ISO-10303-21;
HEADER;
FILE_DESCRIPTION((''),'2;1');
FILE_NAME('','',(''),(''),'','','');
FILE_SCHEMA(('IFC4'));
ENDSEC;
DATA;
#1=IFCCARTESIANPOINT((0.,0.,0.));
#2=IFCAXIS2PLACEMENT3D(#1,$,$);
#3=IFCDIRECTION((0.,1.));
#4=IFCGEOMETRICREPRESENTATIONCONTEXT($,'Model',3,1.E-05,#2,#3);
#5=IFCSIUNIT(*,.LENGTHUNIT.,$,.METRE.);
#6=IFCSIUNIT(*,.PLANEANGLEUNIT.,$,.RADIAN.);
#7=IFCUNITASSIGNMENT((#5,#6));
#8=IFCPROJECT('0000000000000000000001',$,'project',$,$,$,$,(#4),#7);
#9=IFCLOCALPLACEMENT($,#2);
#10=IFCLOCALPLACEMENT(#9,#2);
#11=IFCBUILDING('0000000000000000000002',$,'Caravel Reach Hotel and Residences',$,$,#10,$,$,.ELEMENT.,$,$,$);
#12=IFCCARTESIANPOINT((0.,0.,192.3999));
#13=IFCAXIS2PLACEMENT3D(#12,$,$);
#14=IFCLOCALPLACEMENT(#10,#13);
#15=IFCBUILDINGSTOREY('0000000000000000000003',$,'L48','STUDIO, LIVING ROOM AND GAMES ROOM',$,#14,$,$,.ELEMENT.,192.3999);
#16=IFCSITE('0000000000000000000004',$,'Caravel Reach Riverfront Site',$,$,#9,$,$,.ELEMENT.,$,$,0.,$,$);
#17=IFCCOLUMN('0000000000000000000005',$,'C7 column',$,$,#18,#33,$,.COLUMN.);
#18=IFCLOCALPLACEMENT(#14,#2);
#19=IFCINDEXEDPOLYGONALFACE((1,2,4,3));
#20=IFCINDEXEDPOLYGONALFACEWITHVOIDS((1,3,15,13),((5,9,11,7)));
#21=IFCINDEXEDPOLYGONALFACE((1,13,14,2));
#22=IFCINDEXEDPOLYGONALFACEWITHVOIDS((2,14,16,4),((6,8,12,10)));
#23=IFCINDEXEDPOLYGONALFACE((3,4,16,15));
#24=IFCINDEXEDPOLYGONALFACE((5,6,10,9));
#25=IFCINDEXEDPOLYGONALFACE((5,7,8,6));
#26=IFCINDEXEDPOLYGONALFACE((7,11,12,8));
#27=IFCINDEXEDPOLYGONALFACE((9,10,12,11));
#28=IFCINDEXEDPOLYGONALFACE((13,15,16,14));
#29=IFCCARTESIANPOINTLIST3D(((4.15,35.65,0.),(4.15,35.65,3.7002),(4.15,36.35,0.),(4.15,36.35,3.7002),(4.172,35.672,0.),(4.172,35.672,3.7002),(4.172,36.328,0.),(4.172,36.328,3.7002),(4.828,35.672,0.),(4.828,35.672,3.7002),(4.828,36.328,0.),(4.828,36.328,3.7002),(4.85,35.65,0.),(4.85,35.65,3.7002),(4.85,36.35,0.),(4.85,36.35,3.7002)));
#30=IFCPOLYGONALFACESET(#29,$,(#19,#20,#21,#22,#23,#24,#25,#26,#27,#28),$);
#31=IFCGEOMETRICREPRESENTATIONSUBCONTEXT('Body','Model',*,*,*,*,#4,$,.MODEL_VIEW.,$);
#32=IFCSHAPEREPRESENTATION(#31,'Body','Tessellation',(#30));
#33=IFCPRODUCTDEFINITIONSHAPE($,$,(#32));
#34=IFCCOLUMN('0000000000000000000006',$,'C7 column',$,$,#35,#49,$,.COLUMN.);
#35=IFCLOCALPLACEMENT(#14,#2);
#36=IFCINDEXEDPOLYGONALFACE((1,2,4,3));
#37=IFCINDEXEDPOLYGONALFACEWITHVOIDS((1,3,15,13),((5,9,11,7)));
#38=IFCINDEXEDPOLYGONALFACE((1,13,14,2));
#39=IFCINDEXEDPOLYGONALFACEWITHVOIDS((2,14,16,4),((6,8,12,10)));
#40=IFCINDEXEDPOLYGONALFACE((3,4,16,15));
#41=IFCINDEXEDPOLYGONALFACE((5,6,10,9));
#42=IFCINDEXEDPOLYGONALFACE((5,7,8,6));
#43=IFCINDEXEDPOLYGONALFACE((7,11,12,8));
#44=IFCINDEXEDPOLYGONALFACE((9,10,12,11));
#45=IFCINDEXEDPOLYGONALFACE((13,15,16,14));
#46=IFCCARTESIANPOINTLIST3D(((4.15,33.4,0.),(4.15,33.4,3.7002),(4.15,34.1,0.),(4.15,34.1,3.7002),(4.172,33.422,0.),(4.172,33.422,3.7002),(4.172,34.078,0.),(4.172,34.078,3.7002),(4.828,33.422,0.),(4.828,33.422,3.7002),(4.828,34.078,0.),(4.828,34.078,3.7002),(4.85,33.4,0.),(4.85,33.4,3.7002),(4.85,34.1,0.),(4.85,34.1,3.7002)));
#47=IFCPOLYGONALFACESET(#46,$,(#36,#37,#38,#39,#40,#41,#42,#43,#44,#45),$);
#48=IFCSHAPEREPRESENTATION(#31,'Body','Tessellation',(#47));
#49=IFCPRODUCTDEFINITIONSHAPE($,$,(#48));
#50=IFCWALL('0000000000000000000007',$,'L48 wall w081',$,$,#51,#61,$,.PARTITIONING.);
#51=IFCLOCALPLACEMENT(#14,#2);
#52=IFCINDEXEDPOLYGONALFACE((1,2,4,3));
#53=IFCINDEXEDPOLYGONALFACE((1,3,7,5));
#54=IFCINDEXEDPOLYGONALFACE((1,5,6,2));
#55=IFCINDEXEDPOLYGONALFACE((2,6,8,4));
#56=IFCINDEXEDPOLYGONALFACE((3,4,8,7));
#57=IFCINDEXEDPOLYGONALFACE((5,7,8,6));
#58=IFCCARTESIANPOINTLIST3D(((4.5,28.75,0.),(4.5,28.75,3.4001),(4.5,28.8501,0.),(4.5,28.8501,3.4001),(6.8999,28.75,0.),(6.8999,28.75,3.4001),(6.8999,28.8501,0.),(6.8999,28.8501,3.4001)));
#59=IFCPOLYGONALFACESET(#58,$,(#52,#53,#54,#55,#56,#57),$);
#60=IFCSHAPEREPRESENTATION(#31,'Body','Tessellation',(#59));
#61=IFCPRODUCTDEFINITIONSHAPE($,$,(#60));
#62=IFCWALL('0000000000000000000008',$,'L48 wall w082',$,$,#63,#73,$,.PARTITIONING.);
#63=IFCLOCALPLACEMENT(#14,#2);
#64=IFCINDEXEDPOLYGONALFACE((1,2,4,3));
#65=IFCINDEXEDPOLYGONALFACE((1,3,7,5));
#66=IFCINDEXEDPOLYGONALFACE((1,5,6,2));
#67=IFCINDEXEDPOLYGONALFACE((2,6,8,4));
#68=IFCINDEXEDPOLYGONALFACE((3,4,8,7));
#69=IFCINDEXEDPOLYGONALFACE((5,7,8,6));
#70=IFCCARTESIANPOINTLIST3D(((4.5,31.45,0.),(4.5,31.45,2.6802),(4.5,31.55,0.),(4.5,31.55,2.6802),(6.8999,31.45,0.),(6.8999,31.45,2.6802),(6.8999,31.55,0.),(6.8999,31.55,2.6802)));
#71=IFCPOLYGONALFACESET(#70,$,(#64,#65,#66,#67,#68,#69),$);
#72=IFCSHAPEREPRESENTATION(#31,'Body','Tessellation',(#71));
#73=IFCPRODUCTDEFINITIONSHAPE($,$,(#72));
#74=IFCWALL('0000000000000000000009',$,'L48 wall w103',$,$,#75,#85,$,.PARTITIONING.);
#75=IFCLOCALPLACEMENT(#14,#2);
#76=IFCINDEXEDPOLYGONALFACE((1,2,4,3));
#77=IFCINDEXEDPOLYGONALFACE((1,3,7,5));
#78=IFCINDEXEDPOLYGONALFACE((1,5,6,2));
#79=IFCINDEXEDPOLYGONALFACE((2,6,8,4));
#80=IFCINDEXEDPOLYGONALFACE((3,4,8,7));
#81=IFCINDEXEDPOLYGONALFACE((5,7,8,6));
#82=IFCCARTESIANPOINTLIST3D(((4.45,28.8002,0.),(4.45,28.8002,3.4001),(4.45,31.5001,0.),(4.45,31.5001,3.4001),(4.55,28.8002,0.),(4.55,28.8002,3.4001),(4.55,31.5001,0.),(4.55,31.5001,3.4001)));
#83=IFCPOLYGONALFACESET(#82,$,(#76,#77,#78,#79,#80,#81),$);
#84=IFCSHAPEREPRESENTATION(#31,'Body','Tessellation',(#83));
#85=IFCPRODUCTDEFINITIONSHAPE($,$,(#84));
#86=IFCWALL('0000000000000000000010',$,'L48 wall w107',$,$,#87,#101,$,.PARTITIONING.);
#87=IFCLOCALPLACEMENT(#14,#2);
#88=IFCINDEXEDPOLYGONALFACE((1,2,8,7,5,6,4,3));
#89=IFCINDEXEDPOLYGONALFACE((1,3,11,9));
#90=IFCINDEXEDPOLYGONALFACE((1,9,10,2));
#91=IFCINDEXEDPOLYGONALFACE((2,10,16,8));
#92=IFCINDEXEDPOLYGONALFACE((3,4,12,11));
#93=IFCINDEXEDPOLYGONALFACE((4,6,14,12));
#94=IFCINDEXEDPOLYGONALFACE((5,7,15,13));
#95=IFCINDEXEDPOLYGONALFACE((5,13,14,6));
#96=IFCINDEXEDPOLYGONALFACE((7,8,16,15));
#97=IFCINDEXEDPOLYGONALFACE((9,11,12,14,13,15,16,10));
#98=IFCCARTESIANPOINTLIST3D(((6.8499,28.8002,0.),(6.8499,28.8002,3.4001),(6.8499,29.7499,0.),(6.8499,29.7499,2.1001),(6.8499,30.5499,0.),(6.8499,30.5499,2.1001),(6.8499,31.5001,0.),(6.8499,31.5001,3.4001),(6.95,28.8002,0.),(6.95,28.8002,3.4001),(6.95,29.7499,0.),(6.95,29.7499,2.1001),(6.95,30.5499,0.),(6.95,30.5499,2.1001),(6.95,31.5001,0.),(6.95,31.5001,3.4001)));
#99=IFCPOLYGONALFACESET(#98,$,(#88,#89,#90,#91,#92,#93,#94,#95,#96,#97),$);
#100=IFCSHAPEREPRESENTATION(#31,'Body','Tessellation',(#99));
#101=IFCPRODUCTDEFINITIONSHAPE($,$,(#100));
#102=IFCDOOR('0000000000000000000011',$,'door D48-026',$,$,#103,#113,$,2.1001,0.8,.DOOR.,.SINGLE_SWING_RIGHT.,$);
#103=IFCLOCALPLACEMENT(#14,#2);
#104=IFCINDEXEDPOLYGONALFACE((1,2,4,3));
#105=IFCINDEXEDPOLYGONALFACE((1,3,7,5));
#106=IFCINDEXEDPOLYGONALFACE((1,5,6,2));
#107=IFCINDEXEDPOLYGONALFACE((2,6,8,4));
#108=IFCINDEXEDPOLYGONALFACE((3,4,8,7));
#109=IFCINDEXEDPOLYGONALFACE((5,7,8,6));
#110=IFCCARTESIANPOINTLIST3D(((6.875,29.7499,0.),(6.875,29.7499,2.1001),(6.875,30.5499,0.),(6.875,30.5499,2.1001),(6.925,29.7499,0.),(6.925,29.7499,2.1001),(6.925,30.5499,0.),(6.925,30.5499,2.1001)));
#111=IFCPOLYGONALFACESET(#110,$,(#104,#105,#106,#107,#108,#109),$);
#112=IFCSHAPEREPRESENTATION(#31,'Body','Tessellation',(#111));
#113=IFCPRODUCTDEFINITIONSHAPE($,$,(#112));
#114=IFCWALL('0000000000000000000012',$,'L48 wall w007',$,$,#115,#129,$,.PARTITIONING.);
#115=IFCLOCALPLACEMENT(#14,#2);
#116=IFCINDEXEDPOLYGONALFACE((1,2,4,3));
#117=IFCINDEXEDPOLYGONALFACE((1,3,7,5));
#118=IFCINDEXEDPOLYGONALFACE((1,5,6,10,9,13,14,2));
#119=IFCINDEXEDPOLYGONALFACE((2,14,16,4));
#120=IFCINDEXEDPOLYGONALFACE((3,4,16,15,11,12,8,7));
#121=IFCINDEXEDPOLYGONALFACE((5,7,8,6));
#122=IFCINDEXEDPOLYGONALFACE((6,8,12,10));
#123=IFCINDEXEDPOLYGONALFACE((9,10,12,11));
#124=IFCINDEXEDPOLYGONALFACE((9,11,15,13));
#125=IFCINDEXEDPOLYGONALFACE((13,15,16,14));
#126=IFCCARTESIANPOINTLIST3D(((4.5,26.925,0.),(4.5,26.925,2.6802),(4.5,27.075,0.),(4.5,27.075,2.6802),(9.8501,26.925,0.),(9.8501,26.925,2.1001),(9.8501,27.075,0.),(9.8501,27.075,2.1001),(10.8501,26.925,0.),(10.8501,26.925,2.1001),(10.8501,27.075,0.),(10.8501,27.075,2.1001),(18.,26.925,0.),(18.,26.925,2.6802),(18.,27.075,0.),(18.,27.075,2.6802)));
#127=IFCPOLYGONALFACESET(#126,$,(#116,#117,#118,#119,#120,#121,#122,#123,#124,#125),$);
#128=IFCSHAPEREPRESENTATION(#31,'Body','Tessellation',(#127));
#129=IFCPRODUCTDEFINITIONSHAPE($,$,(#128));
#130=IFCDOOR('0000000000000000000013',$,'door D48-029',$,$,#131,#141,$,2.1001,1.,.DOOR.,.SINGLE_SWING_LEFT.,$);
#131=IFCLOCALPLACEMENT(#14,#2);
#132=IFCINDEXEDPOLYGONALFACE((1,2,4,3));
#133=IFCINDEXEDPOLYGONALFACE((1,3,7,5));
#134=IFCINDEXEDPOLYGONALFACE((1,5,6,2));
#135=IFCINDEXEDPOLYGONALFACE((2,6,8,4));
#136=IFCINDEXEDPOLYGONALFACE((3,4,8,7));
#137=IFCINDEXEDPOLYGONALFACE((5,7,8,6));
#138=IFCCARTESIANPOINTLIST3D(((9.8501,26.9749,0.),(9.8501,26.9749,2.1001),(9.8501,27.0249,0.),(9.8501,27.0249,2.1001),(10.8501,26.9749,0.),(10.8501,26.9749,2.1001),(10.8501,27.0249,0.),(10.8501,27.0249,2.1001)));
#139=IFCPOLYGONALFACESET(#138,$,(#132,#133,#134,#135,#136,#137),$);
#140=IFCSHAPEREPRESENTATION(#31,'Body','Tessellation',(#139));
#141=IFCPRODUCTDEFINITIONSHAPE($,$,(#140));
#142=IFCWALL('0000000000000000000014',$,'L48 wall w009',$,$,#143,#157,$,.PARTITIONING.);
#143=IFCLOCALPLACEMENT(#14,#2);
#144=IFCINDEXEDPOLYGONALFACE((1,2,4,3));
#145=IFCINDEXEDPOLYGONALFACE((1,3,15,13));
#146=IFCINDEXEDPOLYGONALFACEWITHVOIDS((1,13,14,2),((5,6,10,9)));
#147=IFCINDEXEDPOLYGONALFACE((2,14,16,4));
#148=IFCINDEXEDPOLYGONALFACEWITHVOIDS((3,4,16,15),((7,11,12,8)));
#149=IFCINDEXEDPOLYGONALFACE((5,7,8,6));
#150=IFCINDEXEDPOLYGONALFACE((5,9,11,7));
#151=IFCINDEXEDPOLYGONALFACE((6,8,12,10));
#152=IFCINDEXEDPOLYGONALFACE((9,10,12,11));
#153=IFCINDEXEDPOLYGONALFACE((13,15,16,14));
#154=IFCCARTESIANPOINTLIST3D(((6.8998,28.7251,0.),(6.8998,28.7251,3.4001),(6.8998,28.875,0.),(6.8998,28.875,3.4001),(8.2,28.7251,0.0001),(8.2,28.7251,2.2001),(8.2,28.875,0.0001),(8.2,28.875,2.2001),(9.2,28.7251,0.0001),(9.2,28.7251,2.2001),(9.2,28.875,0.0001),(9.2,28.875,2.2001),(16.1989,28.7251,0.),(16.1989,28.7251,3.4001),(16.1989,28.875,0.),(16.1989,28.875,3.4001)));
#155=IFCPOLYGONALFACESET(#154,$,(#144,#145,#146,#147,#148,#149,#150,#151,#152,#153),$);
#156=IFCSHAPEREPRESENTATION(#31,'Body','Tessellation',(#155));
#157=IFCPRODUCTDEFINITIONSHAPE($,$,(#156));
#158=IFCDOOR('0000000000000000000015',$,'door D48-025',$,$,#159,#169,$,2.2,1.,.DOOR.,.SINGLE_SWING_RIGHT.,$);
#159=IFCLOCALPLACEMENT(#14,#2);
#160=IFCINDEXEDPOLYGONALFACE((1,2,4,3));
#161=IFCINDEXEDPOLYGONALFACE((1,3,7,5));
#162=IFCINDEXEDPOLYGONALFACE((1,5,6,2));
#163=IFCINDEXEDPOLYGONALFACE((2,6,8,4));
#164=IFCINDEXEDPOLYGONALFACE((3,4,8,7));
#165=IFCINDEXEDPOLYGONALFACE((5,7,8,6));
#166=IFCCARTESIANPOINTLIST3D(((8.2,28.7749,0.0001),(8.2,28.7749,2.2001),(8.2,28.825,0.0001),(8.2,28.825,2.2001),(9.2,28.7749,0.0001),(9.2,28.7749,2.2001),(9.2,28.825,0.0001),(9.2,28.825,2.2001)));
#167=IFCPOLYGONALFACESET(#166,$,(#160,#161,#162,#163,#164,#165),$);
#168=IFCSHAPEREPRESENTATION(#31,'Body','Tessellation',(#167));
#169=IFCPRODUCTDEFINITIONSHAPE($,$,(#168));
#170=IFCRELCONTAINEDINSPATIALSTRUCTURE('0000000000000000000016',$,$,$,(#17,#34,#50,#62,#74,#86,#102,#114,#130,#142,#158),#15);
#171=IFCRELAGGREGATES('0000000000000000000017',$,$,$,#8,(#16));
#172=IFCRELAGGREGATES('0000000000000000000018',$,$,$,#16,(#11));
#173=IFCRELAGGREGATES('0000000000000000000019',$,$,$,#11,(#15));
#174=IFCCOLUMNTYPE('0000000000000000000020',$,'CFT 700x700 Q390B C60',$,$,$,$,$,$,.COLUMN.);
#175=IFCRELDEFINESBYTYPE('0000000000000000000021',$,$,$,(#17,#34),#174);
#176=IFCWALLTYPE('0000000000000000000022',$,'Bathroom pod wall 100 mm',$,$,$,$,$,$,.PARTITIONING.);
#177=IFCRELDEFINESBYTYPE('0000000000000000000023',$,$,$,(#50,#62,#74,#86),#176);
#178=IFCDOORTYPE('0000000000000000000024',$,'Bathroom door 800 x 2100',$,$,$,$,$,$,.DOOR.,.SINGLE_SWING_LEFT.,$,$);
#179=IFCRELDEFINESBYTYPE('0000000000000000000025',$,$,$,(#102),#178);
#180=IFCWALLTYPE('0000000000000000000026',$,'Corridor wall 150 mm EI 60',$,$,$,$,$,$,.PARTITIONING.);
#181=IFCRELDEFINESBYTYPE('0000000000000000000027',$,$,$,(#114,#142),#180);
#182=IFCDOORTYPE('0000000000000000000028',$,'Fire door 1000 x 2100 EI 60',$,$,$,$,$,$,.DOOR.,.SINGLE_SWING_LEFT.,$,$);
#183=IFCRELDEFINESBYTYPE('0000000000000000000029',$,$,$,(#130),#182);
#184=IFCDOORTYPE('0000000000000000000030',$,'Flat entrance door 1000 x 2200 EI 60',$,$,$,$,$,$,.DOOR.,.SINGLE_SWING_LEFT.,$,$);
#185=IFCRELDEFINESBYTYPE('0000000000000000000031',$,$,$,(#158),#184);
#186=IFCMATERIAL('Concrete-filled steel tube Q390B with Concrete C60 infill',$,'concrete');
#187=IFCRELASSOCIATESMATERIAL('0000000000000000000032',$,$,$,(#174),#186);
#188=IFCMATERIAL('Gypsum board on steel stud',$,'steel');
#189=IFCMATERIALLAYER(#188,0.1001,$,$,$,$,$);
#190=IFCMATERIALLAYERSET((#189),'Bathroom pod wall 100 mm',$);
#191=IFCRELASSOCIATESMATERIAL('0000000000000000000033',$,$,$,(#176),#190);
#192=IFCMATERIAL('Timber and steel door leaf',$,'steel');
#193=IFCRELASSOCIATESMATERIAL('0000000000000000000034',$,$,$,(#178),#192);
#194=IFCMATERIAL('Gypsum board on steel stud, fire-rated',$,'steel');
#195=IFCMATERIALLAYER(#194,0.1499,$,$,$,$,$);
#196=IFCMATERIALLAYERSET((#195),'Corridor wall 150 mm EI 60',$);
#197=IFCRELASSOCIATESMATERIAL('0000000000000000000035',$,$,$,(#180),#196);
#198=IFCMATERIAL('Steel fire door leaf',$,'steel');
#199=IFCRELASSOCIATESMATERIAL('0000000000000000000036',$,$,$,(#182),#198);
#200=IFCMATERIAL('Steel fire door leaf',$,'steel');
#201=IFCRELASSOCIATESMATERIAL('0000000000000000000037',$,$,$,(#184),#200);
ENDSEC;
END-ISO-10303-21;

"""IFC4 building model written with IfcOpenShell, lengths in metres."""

from ifc_helpers import new_model, si_unit, direction, frame, frame_2d, origin, origin_2d, place, context, subcontext, project, spatial, rectangle, hollow_rectangle, extrude, material, layer, layer_set, material_profile, profile_set, type_object, element, fill, save


model = new_model("IFC4")

# Units and contexts
model_context = context("Model", 3, precision=1e-05, world=origin(), true_north=direction((0.0, 1.0)))
body_context = subcontext(model_context, "Body", "Model", "MODEL_VIEW")
ifc_project = project(units=[si_unit("LENGTHUNIT", "METRE"), si_unit("PLANEANGLEUNIT", "RADIAN")], contexts=[model_context])

# Site, building, storey
site_placement = place(None, origin())
site = spatial("IfcSite", under=ifc_project, at=site_placement, Name="Caravel Reach Riverfront Site", CompositionType="ELEMENT", RefElevation=0.0)
building_placement = place(site_placement, origin())
building = spatial("IfcBuilding", under=site, at=building_placement, Name="Caravel Reach Hotel and Residences", CompositionType="ELEMENT")
storey_placement = place(building_placement, frame((0.0, 0.0, 192.3999)))
storey = spatial("IfcBuildingStorey", under=building, at=storey_placement, Name="L48", Description="STUDIO, LIVING ROOM AND GAMES ROOM", CompositionType="ELEMENT", Elevation=192.3999)

# Columns
ifc_material_1 = material(Name="Concrete-filled steel tube Q390B with Concrete C60 infill", Category="concrete")
ifc_material_profile = material_profile(ifc_material_1, hollow_rectangle(XDim=0.7, YDim=0.7, WallThickness=0.022, at=origin_2d()), Name="RHS 700x700x22")
ifc_profile_set = profile_set([ifc_material_profile], Name="Concrete-filled steel tube Q390B with Concrete C60 infill")
column_type = type_object("IfcColumnType", Name="CFT 700x700 Q390B C60", PredefinedType="COLUMN", material=ifc_profile_set)
for number, where, z_axis, x_axis, name in (
    (1, (4.5, 36.0, 0.0), (0.0, 0.0, 1.0), (1.0, 0.0, 0.0), "C7 column"),
    (2, (4.5, 33.75, 0.0), (0.0, 0.0, 1.0), (1.0, 0.0, 0.0), "C7 column"),
):
    element("IfcColumn", number, at=place(storey_placement, frame(where, z_axis=z_axis, x_axis=x_axis)), inside=storey, type_object=column_type, Name=name, PredefinedType="COLUMN", context=body_context, shape_type="SweptSolid", body=[
        extrude(hollow_rectangle(XDim=0.7, YDim=0.7, WallThickness=0.022, at=origin_2d()), origin(), (0.0, 0.0, 1.0), 3.7002),
    ])

# Walls
ifc_material_2 = material(Name="Gypsum board on steel stud", Category="steel")
ifc_layer_1 = layer(ifc_material_2, 0.1001)
ifc_layer_set_1 = layer_set([ifc_layer_1], Name="Bathroom pod wall 100 mm")
wall_type_1 = type_object("IfcWallType", Name="Bathroom pod wall 100 mm", PredefinedType="PARTITIONING", material=ifc_layer_set_1)
wall_1_placement = place(storey_placement, frame((4.5, 28.8, 0.0), z_axis=(0.0, 0.0, 1.0), x_axis=(1.0, 0.0, 0.0)))
element("IfcWall", 3, at=wall_1_placement, inside=storey, type_object=wall_type_1, Name="L48 wall w081", PredefinedType="PARTITIONING", context=body_context, shape_type="SweptSolid", body=[
    extrude(rectangle(XDim=2.3999, YDim=0.1001, at=frame_2d((1.2, 0.0))), origin(), (0.0, 0.0, 1.0), 3.4001),
])
wall_2_placement = place(storey_placement, frame((4.5, 31.5, 0.0), z_axis=(0.0, 0.0, 1.0), x_axis=(1.0, 0.0, 0.0)))
element("IfcWall", 4, at=wall_2_placement, inside=storey, type_object=wall_type_1, Name="L48 wall w082", PredefinedType="PARTITIONING", context=body_context, shape_type="SweptSolid", body=[
    extrude(rectangle(XDim=2.3999, YDim=0.1001, at=frame_2d((1.2, 0.0))), origin(), (0.0, 0.0, 1.0), 2.6802),
])
wall_3_placement = place(storey_placement, frame((4.5, 28.8, 0.0), z_axis=(0.0, 0.0, 1.0), x_axis=(0.0, 1.0, 0.0)))
element("IfcWall", 5, at=wall_3_placement, inside=storey, type_object=wall_type_1, Name="L48 wall w103", PredefinedType="PARTITIONING", context=body_context, shape_type="SweptSolid", body=[
    extrude(rectangle(XDim=2.7, YDim=0.1001, at=frame_2d((1.3501, 0.0))), origin(), (0.0, 0.0, 1.0), 3.4001),
])

# Walls, openings, doors
wall_4_placement = place(storey_placement, frame((6.8999, 28.8, 0.0), z_axis=(0.0, 0.0, 1.0), x_axis=(0.0, 1.0, 0.0)))
wall_4 = element("IfcWall", 6, at=wall_4_placement, inside=storey, type_object=wall_type_1, Name="L48 wall w107", PredefinedType="PARTITIONING", context=body_context, shape_type="SweptSolid", body=[
    extrude(rectangle(XDim=2.7, YDim=0.1001, at=frame_2d((1.3501, 0.0))), origin(), (0.0, 0.0, 1.0), 3.4001),
])
opening_1_placement = place(wall_4_placement, frame((0.95, 0.0, 0.0)))
opening_1 = element("IfcOpeningElement", 7, at=opening_1_placement, cuts=wall_4, PredefinedType="OPENING", context=body_context, shape_type="SweptSolid", body=[
    extrude(rectangle(XDim=0.8, YDim=2.1001, at=frame_2d((0.3999, 1.05))), frame((0.0, 0.0601, 0.0), z_axis=(0.0, -1.0, 0.0), x_axis=(1.0, 0.0, 0.0)), (0.0, 0.0, 1.0), 0.1201),
])
ifc_material_3 = material(Name="Timber and steel door leaf", Category="steel")
door_type_1 = type_object("IfcDoorType", Name="Bathroom door 800 x 2100", OperationType="SINGLE_SWING_LEFT", PredefinedType="DOOR", material=ifc_material_3)
door_1_placement = place(opening_1_placement, origin())
door_1 = element("IfcDoor", 8, at=door_1_placement, inside=storey, type_object=door_type_1, Name="door D48-026", OperationType="SINGLE_SWING_RIGHT", OverallHeight=2.1001, OverallWidth=0.8, PredefinedType="DOOR", context=body_context, shape_type="SweptSolid", body=[
    extrude(rectangle(XDim=0.8, YDim=2.1001, at=frame_2d((0.3999, 1.05))), frame((0.0, 0.0249, 0.0), z_axis=(0.0, -1.0, 0.0), x_axis=(1.0, 0.0, 0.0)), (0.0, 0.0, 1.0), 0.05),
])
fill(opening_1, door_1)
ifc_material_4 = material(Name="Gypsum board on steel stud, fire-rated", Category="steel")
ifc_layer_2 = layer(ifc_material_4, 0.1499)
ifc_layer_set_2 = layer_set([ifc_layer_2], Name="Corridor wall 150 mm EI 60")
wall_type_2 = type_object("IfcWallType", Name="Corridor wall 150 mm EI 60", PredefinedType="PARTITIONING", material=ifc_layer_set_2)
wall_5_placement = place(storey_placement, frame((4.5, 27.0, 0.0), z_axis=(0.0, 0.0, 1.0), x_axis=(1.0, 0.0, 0.0)))
wall_5 = element("IfcWall", 9, at=wall_5_placement, inside=storey, type_object=wall_type_2, Name="L48 wall w007", PredefinedType="PARTITIONING", context=body_context, shape_type="SweptSolid", body=[
    extrude(rectangle(XDim=13.5, YDim=0.1499, at=frame_2d((6.75, 0.0))), origin(), (0.0, 0.0, 1.0), 2.6802),
])
opening_2_placement = place(wall_5_placement, frame((5.3501, 0.0, 0.0)))
opening_2 = element("IfcOpeningElement", 10, at=opening_2_placement, cuts=wall_5, PredefinedType="OPENING", context=body_context, shape_type="SweptSolid", body=[
    extrude(rectangle(XDim=1.0, YDim=2.1001, at=frame_2d((0.5, 1.05))), frame((0.0, 0.085, 0.0), z_axis=(0.0, -1.0, 0.0), x_axis=(1.0, 0.0, 0.0)), (0.0, 0.0, 1.0), 0.1699),
])
ifc_material_5 = material(Name="Steel fire door leaf", Category="steel")
door_type_2 = type_object("IfcDoorType", Name="Fire door 1000 x 2100 EI 60", OperationType="SINGLE_SWING_LEFT", PredefinedType="DOOR", material=ifc_material_5)
door_2_placement = place(opening_2_placement, origin())
door_2 = element("IfcDoor", 11, at=door_2_placement, inside=storey, type_object=door_type_2, Name="door D48-029", OperationType="SINGLE_SWING_LEFT", OverallHeight=2.1001, OverallWidth=1.0, PredefinedType="DOOR", context=body_context, shape_type="SweptSolid", body=[
    extrude(rectangle(XDim=1.0, YDim=2.1001, at=frame_2d((0.5, 1.05))), frame((0.0, 0.0249, 0.0), z_axis=(0.0, -1.0, 0.0), x_axis=(1.0, 0.0, 0.0)), (0.0, 0.0, 1.0), 0.05),
])
fill(opening_2, door_2)
wall_6_placement = place(storey_placement, frame((6.8999, 28.8, 0.0), z_axis=(0.0, 0.0, 1.0), x_axis=(1.0, 0.0, 0.0)))
wall_6 = element("IfcWall", 12, at=wall_6_placement, inside=storey, type_object=wall_type_2, Name="L48 wall w009", PredefinedType="PARTITIONING", context=body_context, shape_type="SweptSolid", body=[
    extrude(rectangle(XDim=9.2991, YDim=0.1499, at=frame_2d((4.6494, 0.0))), origin(), (0.0, 0.0, 1.0), 3.4001),
])
opening_3_placement = place(wall_6_placement, frame((1.3, 0.0, 0.0)))
opening_3 = element("IfcOpeningElement", 13, at=opening_3_placement, cuts=wall_6, PredefinedType="OPENING", context=body_context, shape_type="SweptSolid", body=[
    extrude(rectangle(XDim=1.0, YDim=2.2, at=frame_2d((0.5, 1.1001))), frame((0.0, 0.085, 0.0), z_axis=(0.0, -1.0, 0.0), x_axis=(1.0, 0.0, 0.0)), (0.0, 0.0, 1.0), 0.1699),
])
ifc_material_6 = material(Name="Steel fire door leaf", Category="steel")
door_type_3 = type_object("IfcDoorType", Name="Flat entrance door 1000 x 2200 EI 60", OperationType="SINGLE_SWING_LEFT", PredefinedType="DOOR", material=ifc_material_6)
door_3_placement = place(opening_3_placement, origin())
door_3 = element("IfcDoor", 14, at=door_3_placement, inside=storey, type_object=door_type_3, Name="door D48-025", OperationType="SINGLE_SWING_RIGHT", OverallHeight=2.2, OverallWidth=1.0, PredefinedType="DOOR", context=body_context, shape_type="SweptSolid", body=[
    extrude(rectangle(XDim=1.0, YDim=2.2, at=frame_2d((0.5, 1.1001))), frame((0.0, 0.0249, 0.0), z_axis=(0.0, -1.0, 0.0), x_axis=(1.0, 0.0, 0.0)), (0.0, 0.0, 1.0), 0.05),
])
fill(opening_3, door_3)

save(model, "model.ifc")
